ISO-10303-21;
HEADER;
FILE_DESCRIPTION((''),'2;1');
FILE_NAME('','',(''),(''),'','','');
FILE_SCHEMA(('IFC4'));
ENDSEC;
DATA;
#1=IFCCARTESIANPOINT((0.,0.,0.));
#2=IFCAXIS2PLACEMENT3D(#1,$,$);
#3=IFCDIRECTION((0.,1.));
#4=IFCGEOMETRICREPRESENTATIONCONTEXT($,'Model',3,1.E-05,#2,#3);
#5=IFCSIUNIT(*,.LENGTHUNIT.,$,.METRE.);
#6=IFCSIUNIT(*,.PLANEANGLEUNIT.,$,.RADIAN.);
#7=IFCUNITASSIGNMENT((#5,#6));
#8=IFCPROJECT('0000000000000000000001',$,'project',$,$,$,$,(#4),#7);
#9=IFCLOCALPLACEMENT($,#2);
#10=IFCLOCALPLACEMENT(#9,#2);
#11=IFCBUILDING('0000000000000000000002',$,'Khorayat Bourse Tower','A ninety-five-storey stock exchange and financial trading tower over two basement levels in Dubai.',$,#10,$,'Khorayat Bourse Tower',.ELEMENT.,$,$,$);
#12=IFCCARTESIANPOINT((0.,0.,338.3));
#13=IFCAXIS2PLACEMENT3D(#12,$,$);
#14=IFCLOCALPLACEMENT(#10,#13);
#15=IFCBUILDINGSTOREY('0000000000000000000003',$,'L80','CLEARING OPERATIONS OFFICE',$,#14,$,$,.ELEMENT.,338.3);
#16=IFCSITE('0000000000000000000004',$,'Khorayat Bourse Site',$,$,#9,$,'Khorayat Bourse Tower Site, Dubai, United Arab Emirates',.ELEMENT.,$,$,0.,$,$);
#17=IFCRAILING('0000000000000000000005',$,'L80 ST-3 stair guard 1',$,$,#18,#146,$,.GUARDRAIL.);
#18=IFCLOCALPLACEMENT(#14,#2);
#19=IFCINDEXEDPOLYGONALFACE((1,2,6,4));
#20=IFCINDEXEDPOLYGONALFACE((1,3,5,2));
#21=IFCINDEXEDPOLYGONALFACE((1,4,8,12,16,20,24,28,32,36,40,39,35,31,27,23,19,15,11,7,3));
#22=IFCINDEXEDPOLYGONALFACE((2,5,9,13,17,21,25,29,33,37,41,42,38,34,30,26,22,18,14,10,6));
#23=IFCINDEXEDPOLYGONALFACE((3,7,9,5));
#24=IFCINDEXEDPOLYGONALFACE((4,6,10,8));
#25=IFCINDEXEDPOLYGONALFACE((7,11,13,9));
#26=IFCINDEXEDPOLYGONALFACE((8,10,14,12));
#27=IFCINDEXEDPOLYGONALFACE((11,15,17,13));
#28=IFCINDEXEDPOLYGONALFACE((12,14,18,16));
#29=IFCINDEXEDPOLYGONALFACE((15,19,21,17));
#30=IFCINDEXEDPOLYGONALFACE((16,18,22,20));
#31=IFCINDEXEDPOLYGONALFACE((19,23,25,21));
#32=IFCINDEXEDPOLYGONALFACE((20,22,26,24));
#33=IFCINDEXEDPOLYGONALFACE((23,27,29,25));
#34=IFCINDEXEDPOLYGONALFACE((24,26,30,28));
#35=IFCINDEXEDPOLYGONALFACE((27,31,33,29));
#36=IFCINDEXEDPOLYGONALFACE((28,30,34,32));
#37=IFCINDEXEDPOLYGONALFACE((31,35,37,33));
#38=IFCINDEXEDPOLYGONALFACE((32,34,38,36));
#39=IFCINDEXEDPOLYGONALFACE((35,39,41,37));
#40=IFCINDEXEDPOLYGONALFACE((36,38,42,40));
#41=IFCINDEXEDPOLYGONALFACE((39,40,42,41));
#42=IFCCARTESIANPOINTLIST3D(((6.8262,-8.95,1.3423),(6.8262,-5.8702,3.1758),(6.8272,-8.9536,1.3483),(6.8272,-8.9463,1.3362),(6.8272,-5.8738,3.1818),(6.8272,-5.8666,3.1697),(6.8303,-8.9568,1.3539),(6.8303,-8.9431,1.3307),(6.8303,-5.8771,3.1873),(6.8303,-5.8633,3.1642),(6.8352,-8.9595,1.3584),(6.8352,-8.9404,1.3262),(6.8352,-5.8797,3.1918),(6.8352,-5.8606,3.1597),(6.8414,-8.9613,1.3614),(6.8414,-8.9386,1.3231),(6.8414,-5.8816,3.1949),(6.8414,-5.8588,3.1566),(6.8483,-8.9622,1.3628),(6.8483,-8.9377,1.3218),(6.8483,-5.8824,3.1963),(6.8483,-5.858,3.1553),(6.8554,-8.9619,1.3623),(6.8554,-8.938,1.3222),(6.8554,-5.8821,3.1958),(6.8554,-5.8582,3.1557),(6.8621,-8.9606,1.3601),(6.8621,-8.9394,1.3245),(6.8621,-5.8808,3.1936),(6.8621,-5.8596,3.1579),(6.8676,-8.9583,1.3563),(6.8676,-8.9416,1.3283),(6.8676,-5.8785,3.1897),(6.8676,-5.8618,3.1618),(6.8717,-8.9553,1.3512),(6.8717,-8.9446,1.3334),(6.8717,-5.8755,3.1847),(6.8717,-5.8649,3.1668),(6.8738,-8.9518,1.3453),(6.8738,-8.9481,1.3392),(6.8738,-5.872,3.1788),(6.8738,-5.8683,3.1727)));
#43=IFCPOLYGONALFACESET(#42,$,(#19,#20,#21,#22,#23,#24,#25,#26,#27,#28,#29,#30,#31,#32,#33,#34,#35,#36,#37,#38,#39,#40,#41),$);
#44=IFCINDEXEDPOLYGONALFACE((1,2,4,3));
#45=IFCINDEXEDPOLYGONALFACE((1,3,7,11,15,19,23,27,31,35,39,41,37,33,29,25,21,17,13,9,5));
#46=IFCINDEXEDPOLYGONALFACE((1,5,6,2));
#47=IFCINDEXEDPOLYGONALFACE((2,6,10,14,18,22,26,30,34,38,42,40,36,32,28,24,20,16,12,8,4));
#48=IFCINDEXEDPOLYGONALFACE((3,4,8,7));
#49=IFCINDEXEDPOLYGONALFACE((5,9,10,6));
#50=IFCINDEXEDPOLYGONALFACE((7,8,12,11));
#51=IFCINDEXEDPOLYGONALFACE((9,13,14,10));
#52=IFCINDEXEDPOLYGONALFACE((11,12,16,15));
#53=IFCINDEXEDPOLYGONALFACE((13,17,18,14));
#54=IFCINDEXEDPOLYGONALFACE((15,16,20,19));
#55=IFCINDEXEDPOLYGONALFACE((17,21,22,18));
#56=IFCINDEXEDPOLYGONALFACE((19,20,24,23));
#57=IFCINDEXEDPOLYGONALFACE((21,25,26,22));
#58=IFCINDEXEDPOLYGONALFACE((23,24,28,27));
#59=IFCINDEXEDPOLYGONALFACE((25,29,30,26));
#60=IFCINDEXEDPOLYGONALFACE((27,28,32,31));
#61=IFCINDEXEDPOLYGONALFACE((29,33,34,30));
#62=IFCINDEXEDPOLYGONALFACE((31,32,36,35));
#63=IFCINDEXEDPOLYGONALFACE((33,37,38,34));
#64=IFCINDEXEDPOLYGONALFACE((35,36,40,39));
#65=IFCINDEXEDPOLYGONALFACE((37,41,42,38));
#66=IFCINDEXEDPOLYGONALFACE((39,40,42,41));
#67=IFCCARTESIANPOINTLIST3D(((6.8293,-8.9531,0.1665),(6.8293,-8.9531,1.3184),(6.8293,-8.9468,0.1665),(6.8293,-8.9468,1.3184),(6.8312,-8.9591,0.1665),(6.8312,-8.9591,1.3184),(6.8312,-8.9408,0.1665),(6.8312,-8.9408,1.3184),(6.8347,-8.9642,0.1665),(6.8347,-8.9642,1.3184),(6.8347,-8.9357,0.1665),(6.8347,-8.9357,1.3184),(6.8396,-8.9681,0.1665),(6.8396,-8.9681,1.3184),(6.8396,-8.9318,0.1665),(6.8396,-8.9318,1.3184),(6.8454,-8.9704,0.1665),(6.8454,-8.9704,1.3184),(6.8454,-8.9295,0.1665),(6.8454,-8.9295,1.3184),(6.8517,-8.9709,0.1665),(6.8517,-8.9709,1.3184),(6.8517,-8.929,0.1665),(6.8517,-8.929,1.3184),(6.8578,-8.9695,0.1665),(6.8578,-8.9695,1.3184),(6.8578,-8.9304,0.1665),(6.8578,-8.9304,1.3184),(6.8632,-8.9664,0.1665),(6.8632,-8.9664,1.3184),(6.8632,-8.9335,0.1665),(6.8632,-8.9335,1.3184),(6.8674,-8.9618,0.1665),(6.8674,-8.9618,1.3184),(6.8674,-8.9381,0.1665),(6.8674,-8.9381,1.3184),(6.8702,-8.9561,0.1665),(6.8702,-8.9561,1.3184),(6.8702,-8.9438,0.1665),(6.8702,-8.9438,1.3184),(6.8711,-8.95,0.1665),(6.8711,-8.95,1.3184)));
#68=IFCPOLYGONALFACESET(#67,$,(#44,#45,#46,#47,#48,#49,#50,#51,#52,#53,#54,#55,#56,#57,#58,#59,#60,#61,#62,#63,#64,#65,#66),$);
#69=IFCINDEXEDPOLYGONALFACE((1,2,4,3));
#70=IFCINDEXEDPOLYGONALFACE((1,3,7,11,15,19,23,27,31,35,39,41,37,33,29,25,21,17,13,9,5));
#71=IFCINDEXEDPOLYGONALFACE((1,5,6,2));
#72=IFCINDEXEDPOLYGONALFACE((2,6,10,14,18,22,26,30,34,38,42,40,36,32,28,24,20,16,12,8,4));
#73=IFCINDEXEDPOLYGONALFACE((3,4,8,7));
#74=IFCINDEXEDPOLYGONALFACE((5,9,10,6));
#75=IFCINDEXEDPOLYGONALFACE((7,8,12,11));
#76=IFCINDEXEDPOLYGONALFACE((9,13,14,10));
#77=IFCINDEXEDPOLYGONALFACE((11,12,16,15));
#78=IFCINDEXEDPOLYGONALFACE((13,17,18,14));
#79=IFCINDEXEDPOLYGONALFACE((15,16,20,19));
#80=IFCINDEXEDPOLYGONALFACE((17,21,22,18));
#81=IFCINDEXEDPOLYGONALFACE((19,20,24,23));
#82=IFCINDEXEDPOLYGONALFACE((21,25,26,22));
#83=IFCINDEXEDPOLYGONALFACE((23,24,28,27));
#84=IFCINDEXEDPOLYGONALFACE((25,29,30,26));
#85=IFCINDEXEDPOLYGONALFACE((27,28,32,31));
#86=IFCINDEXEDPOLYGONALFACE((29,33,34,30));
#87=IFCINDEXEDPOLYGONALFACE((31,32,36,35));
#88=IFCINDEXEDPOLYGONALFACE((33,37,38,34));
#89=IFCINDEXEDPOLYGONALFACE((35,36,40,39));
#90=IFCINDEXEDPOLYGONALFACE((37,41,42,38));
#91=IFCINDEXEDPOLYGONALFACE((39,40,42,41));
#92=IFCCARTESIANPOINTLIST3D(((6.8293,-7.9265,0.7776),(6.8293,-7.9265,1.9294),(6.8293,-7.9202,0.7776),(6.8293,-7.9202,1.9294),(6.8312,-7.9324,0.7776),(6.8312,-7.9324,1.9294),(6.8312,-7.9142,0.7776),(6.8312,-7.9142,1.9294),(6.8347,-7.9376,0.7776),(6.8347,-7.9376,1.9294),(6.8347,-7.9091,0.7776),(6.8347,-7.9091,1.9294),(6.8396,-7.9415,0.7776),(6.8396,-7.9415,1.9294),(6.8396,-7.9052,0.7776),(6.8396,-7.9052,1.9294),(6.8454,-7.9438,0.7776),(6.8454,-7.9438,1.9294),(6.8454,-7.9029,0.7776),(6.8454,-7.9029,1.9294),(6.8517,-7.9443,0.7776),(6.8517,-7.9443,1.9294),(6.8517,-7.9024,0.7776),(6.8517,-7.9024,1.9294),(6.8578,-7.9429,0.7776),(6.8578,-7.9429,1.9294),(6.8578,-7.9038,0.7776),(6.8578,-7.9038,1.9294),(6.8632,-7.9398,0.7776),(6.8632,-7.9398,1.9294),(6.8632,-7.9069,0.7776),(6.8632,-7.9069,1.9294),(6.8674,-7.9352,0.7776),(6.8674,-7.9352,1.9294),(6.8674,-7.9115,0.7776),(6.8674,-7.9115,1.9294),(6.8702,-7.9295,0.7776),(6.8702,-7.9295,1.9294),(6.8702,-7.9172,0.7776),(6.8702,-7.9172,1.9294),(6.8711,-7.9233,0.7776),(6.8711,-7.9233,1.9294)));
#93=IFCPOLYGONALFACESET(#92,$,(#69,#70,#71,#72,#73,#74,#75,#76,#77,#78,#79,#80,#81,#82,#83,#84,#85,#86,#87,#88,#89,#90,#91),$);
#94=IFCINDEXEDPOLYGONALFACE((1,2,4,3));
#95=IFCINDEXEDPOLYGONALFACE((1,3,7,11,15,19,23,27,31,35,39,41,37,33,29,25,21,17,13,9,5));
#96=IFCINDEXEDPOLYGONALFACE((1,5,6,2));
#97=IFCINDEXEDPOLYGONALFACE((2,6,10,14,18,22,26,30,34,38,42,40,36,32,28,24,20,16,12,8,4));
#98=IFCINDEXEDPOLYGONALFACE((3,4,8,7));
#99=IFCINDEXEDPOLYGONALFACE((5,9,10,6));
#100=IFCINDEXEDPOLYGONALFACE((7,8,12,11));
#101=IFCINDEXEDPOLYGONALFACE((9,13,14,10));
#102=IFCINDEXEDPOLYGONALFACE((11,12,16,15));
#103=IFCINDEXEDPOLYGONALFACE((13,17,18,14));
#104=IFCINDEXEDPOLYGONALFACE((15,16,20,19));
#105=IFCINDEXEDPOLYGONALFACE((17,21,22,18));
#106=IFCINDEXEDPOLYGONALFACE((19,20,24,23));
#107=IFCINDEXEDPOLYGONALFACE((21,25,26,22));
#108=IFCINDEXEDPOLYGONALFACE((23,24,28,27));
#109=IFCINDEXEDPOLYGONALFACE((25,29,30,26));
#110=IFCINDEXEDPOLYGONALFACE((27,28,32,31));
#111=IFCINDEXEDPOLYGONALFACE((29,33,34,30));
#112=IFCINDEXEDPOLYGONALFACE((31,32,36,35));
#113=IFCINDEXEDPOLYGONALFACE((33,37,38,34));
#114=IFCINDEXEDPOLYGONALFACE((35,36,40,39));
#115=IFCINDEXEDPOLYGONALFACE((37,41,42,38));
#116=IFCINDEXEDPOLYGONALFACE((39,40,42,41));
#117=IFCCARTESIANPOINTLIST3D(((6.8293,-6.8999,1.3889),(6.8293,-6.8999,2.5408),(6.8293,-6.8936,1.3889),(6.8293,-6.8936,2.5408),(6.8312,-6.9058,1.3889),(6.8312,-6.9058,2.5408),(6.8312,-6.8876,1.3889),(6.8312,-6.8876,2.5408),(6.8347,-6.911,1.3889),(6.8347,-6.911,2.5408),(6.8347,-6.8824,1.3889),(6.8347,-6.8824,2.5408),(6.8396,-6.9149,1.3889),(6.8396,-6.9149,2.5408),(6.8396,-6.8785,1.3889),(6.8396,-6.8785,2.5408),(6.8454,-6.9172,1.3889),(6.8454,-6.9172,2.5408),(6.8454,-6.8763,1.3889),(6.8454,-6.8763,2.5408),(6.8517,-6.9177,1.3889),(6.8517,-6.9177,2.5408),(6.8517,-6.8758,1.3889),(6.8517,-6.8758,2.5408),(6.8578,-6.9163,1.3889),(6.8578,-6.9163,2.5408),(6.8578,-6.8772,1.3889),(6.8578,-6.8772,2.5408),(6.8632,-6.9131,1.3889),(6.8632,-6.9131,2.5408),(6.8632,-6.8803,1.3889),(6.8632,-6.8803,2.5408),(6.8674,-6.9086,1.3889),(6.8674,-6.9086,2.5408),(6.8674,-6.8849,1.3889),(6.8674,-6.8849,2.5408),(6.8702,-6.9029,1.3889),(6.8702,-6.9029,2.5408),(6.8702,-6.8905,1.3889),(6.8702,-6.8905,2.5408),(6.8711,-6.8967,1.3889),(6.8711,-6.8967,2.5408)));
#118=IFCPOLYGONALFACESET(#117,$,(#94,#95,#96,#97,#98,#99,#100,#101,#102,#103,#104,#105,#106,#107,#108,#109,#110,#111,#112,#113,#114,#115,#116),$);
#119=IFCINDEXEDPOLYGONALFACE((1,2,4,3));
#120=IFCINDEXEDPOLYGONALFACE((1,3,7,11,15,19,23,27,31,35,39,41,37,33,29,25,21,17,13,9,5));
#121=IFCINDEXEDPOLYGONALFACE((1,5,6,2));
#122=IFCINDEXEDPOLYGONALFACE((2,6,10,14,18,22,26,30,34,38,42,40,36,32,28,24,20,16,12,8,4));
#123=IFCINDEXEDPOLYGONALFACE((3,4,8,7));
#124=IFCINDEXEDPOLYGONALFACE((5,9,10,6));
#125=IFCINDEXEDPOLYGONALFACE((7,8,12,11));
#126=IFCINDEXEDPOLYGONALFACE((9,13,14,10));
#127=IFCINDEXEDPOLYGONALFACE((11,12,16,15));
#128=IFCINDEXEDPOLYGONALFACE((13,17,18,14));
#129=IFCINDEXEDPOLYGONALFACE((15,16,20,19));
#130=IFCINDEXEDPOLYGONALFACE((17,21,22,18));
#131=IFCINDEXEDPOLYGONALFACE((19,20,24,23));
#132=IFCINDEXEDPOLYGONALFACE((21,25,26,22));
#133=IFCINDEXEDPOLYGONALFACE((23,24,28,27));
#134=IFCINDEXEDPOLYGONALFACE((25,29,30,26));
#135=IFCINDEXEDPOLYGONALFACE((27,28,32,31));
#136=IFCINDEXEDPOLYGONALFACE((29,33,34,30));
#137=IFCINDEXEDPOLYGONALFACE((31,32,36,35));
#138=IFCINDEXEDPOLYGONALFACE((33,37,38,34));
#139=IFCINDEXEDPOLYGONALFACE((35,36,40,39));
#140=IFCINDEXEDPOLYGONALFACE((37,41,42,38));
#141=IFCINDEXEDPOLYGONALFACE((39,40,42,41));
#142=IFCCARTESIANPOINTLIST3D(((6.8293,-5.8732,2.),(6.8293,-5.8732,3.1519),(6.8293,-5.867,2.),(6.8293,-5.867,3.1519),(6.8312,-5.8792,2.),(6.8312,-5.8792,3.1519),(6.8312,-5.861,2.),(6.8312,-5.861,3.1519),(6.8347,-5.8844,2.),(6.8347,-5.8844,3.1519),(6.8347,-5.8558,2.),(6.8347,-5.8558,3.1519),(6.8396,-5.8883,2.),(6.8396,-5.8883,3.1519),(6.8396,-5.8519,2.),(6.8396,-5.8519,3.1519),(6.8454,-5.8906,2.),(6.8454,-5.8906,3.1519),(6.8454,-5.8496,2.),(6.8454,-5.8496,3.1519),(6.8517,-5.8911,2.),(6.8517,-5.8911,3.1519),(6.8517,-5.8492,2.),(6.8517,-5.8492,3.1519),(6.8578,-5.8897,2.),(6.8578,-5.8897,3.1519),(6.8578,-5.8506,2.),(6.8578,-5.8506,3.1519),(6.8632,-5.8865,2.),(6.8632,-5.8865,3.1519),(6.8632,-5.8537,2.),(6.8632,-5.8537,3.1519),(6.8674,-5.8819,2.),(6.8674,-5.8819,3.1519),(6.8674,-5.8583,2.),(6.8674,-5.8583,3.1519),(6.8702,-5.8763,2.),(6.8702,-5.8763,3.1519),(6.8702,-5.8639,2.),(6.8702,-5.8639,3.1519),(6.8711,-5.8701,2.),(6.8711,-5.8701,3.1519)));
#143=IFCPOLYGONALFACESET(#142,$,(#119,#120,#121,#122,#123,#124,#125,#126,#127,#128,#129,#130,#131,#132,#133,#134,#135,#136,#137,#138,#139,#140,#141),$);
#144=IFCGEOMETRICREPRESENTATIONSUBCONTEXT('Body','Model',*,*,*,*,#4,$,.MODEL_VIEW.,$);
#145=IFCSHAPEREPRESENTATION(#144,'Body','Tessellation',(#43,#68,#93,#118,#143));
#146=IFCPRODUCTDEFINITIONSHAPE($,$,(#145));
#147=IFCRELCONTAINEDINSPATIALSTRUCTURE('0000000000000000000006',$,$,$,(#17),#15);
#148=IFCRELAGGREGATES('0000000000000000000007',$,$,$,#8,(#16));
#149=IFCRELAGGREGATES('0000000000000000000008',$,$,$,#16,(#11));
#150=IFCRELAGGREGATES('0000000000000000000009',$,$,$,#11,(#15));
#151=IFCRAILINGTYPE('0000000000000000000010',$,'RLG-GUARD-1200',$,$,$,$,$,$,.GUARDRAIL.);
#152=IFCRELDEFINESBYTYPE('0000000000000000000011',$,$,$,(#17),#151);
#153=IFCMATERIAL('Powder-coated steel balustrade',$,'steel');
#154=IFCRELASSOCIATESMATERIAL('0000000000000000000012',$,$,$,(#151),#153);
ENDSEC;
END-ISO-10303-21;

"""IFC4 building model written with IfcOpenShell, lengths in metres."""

from ifc_helpers import new_model, si_unit, direction, frame, origin, origin_2d, place, context, subcontext, project, spatial, circle, extrude, source, transform, mapped, material, type_object, element, save


model = new_model("IFC4")

# Units and contexts
model_context = context("Model", 3, precision=1e-05, world=origin(), true_north=direction((0.0, 1.0)))
body_context = subcontext(model_context, "Body", "Model", "MODEL_VIEW")
ifc_project = project(units=[si_unit("LENGTHUNIT", "METRE"), si_unit("PLANEANGLEUNIT", "RADIAN")], contexts=[model_context])

# Site, building, storey
site_placement = place(None, origin())
site = spatial("IfcSite", under=ifc_project, at=site_placement, Name="Khorayat Bourse Site", LongName="Khorayat Bourse Tower Site, Dubai, United Arab Emirates", CompositionType="ELEMENT", RefElevation=0.0)
building_placement = place(site_placement, origin())
building = spatial("IfcBuilding", under=site, at=building_placement, Name="Khorayat Bourse Tower", Description="A ninety-five-storey stock exchange and financial trading tower over two basement levels in Dubai.", LongName="Khorayat Bourse Tower", CompositionType="ELEMENT")
storey_placement = place(building_placement, frame((0.0, 0.0, 338.3)))
storey = spatial("IfcBuildingStorey", under=building, at=storey_placement, Name="L80", Description="CLEARING OPERATIONS OFFICE", CompositionType="ELEMENT", Elevation=338.3)

# Railing
ifc_material_1 = material(Name="Powder-coated steel balustrade", Category="steel")
railing_type_1 = type_object("IfcRailingType", Name="RLG-GUARD-1200", PredefinedType="GUARDRAIL", material=ifc_material_1)
shared_shape_1 = source(origin(), body_context, "Body", "SweptSolid", [
    extrude(circle(Radius=0.0239, at=origin_2d()), frame((0.0, 0.0, 1.1758), z_axis=(0.0, 0.859261, 0.511538), x_axis=(-1.0, 0.0, 0.0)), (0.0, 0.0, 1.0), 3.5842),
    extrude(circle(Radius=0.021, at=origin_2d()), origin(), (0.0, 0.0, 1.0), 1.1519),
    extrude(circle(Radius=0.021, at=origin_2d()), frame((0.0, 1.0266, 0.6111)), (0.0, 0.0, 1.0), 1.1519),
    extrude(circle(Radius=0.021, at=origin_2d()), frame((0.0, 2.0532, 1.2224)), (0.0, 0.0, 1.0), 1.1519),
    extrude(circle(Radius=0.021, at=origin_2d()), frame((0.0, 3.0798, 1.8335)), (0.0, 0.0, 1.0), 1.1519),
])
railing_1_placement = place(storey_placement, frame((6.8501, -8.95, 0.1665)))
element("IfcRailing", 1, at=railing_1_placement, inside=storey, type_object=railing_type_1, Name="L80 ST-3 stair guard 1", PredefinedType="GUARDRAIL", context=body_context, shape_type="MappedRepresentation", body=[
    mapped(shared_shape_1, transform((0.0, 0.0, 0.0), scale=1.0)),
])

save(model, "model.ifc")
